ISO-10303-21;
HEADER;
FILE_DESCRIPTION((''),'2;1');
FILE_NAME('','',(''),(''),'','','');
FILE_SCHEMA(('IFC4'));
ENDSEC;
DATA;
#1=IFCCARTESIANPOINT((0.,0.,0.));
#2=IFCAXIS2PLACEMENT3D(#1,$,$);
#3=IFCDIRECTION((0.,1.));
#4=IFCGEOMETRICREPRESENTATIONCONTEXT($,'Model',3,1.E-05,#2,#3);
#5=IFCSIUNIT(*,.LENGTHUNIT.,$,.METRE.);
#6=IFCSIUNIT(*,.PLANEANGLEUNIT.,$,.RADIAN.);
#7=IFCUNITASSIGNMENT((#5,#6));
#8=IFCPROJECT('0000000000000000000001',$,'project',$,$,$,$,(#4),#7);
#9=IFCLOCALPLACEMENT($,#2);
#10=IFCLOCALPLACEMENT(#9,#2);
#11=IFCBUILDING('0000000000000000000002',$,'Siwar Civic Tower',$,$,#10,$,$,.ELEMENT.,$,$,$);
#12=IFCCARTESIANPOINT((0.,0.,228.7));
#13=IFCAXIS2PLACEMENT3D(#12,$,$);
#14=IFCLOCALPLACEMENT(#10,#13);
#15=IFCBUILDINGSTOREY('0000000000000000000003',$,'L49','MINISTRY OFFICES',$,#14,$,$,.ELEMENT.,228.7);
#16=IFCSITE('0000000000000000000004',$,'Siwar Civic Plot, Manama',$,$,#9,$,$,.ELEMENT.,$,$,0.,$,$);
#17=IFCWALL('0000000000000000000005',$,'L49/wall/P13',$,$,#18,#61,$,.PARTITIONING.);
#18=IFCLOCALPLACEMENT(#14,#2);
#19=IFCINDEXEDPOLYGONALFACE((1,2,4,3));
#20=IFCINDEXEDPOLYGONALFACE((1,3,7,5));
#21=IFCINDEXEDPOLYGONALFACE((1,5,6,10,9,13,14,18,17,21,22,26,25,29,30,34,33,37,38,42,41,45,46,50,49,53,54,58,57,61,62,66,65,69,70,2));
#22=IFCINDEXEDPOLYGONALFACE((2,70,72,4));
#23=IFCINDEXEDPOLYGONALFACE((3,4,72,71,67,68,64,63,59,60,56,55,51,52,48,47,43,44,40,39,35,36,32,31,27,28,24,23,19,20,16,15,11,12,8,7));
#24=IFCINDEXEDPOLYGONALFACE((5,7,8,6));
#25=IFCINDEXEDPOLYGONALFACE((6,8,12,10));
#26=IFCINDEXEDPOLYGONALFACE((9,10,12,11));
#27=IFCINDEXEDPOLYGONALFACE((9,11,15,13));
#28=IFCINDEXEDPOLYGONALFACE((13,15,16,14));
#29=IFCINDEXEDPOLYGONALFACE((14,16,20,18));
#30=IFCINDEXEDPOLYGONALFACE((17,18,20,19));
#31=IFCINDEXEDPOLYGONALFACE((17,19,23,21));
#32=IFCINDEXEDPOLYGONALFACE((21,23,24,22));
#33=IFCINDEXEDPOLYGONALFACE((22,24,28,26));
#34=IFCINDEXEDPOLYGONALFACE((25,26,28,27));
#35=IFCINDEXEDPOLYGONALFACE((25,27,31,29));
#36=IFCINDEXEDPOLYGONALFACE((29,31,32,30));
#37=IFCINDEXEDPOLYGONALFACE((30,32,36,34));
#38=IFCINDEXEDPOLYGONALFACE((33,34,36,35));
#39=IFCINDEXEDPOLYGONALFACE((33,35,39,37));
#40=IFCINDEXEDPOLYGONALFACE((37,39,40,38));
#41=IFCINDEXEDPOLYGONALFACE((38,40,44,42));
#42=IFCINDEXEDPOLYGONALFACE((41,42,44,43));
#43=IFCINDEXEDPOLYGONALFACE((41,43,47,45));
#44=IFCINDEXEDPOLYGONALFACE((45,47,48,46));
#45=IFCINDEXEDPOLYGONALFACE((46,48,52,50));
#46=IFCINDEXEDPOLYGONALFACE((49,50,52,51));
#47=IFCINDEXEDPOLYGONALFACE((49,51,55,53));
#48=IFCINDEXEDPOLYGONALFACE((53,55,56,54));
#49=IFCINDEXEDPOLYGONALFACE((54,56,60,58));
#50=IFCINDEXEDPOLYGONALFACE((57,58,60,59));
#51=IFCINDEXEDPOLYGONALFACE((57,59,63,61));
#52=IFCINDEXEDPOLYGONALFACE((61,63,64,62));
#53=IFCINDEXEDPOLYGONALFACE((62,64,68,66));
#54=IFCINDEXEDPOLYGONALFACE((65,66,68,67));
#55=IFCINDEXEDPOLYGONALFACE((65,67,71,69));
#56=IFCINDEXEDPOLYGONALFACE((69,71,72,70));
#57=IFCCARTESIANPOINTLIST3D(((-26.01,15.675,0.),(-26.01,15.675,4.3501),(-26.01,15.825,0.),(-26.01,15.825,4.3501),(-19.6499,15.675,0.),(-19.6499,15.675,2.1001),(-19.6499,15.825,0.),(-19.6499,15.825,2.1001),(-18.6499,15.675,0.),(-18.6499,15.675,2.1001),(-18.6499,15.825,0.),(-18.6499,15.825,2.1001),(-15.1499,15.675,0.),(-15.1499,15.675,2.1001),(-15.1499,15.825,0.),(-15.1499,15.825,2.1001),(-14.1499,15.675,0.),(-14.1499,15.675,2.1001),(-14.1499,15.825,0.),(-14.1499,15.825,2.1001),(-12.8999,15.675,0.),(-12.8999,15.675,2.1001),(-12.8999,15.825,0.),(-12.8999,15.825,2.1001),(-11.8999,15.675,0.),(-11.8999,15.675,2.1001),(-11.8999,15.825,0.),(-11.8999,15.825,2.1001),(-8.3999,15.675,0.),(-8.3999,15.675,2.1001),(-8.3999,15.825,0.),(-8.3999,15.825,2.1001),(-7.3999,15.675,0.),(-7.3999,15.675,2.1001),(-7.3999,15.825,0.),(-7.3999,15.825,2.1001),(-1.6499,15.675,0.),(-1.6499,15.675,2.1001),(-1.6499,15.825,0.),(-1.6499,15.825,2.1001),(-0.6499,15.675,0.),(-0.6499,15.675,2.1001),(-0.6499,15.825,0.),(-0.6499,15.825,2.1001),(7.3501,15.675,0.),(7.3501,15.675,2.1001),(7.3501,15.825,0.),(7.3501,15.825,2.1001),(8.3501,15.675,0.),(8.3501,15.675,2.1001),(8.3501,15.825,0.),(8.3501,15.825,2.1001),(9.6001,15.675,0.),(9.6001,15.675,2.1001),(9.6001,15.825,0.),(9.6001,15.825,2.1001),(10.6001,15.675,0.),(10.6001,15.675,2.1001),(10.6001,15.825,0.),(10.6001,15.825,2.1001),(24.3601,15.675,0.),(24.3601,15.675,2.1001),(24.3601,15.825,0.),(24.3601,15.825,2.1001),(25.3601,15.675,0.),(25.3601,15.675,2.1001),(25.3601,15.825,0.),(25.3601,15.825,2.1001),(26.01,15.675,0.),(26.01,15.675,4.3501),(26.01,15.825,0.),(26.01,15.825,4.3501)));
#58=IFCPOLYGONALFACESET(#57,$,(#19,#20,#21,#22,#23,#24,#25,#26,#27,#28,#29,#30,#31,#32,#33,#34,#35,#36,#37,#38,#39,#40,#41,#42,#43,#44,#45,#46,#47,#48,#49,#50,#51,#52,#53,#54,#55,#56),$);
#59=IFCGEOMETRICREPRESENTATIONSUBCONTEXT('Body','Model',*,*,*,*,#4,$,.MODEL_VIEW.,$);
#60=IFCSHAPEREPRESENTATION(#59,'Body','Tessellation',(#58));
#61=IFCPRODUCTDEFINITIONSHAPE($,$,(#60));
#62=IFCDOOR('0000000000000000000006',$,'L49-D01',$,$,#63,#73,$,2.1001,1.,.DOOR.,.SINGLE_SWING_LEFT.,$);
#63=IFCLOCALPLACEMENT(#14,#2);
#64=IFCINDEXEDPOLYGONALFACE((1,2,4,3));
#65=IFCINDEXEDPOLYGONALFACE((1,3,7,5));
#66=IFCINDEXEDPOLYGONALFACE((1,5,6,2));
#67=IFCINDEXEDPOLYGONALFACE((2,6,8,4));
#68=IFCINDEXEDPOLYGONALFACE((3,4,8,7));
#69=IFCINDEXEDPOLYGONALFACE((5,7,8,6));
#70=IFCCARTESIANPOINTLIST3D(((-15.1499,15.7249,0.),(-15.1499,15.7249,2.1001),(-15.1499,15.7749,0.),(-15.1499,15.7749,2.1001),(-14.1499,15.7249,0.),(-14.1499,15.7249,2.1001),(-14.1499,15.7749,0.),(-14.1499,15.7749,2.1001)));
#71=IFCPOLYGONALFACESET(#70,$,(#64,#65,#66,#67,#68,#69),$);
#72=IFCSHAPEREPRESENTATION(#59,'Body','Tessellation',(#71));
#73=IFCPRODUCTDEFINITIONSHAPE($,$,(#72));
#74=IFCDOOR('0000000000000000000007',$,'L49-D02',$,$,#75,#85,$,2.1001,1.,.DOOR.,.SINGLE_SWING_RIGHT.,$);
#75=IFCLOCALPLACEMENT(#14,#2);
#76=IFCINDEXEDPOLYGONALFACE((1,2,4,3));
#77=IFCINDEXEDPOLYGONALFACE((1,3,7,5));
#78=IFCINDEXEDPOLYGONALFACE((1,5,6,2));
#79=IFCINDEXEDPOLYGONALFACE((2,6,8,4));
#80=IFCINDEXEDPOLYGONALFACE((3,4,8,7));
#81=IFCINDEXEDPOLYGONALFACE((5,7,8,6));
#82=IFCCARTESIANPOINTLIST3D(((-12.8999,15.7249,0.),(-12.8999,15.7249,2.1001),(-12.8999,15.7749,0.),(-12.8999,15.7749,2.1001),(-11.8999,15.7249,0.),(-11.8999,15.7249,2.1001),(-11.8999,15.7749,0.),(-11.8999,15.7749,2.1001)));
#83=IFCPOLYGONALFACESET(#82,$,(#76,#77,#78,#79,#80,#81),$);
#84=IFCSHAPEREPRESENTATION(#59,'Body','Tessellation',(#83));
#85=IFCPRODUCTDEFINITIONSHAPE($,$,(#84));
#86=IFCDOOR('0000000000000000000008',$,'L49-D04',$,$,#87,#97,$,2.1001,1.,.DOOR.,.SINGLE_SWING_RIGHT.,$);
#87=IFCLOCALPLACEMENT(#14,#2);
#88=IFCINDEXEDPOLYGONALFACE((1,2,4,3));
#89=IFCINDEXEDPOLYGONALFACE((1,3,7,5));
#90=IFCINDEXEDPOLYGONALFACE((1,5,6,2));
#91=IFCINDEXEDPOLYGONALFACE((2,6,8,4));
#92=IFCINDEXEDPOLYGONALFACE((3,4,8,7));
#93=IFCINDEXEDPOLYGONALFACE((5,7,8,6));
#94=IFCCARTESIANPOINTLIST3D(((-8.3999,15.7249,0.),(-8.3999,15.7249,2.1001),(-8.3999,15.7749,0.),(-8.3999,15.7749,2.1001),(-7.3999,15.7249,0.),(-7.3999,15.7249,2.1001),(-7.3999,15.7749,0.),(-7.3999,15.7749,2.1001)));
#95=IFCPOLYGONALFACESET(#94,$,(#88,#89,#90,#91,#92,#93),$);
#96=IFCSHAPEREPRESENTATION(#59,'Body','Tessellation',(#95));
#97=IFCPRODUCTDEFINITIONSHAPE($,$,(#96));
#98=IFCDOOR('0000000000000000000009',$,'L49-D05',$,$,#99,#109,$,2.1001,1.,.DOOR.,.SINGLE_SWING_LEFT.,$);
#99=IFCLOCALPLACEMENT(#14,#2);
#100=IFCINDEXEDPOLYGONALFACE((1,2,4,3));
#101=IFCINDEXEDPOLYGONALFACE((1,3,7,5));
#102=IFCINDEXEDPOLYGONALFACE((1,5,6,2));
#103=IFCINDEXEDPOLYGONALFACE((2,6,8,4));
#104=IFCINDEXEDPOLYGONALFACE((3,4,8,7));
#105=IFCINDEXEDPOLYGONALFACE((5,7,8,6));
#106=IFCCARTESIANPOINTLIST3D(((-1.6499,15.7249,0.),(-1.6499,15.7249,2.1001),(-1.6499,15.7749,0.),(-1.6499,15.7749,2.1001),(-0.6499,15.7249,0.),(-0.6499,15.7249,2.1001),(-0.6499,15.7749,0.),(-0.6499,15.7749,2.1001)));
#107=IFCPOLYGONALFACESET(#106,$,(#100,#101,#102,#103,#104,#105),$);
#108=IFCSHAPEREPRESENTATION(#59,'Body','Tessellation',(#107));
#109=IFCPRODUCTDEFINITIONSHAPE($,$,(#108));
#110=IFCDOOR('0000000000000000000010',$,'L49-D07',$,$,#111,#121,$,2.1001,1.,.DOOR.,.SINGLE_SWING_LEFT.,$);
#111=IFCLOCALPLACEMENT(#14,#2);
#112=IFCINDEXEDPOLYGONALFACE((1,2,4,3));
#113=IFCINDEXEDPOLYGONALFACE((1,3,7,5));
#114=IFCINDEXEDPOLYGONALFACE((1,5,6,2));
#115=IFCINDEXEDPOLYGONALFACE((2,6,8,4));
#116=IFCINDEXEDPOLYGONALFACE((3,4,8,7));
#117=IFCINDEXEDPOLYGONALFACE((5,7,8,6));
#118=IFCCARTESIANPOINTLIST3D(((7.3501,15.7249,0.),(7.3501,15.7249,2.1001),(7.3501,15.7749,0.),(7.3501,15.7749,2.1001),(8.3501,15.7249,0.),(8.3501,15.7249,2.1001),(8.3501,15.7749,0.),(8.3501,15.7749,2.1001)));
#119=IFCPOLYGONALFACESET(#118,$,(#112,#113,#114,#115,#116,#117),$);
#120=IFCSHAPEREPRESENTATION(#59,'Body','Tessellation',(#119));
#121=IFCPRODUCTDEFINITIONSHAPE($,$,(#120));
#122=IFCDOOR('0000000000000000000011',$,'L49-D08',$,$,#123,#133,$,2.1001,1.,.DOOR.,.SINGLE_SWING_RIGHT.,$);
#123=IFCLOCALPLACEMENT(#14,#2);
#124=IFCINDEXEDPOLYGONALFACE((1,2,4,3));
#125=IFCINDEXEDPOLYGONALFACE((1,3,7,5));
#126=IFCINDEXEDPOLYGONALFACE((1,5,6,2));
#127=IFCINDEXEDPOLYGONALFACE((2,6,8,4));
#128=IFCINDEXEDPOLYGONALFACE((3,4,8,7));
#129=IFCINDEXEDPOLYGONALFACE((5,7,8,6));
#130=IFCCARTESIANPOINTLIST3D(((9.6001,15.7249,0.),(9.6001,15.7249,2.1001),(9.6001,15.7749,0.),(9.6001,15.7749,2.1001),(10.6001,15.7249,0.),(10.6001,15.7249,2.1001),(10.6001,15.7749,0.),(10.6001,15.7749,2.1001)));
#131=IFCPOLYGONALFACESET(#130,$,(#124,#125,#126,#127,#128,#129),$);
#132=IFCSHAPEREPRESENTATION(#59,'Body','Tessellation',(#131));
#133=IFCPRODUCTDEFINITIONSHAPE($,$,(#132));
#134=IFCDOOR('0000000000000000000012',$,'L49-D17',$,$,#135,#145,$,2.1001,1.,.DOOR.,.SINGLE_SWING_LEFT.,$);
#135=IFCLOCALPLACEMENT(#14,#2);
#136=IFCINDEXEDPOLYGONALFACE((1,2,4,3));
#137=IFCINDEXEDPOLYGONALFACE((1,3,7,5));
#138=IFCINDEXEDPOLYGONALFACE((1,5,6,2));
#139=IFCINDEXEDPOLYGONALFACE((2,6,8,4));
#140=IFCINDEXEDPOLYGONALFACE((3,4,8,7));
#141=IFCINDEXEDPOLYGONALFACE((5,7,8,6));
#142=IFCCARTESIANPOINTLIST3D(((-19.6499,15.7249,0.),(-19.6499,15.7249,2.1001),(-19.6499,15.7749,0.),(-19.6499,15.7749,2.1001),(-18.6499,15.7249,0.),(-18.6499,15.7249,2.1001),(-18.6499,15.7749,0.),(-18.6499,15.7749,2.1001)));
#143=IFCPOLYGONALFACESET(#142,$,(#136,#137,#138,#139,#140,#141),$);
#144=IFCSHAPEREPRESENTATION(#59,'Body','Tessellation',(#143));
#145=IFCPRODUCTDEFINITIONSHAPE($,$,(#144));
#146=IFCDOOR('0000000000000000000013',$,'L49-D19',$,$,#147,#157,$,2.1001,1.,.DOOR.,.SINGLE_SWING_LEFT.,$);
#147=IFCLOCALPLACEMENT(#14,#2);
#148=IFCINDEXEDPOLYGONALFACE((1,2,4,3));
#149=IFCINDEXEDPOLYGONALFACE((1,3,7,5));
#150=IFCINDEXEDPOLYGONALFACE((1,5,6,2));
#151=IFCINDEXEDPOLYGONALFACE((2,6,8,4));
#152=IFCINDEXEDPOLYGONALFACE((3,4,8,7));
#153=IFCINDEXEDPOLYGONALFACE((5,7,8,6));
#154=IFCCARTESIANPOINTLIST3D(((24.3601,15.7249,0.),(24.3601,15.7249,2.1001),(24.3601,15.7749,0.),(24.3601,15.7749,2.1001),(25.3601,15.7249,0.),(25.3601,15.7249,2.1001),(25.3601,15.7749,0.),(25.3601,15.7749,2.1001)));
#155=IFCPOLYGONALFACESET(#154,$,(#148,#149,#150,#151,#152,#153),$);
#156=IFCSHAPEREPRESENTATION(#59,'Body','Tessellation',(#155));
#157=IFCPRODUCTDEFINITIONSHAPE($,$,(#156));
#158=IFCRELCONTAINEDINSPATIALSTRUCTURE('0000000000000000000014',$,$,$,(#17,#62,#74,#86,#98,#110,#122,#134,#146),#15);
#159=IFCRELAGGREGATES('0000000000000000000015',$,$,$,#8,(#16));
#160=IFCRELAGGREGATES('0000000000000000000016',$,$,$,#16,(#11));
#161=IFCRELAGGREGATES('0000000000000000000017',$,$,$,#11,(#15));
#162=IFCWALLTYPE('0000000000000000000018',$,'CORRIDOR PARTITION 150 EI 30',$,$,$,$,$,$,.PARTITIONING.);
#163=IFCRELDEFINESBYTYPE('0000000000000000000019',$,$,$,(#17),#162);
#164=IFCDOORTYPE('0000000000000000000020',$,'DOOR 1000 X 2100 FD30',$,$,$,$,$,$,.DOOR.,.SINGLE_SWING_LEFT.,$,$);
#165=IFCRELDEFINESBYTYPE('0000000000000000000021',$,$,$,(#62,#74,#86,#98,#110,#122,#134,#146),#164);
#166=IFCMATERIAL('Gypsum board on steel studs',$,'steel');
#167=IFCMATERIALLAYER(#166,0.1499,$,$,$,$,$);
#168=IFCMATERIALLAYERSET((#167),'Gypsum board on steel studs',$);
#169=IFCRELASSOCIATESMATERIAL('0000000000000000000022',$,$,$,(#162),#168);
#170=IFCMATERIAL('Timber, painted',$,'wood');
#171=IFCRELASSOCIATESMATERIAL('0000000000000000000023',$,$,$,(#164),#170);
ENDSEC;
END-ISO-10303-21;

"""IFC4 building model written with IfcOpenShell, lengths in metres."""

from ifc_helpers import new_model, si_unit, direction, frame, frame_2d, origin, place, context, subcontext, project, spatial, rectangle, extrude, material, layer, layer_set, type_object, element, fill, save


model = new_model("IFC4")

# Units and contexts
model_context = context("Model", 3, precision=1e-05, world=origin(), true_north=direction((0.0, 1.0)))
body_context = subcontext(model_context, "Body", "Model", "MODEL_VIEW")
ifc_project = project(units=[si_unit("LENGTHUNIT", "METRE"), si_unit("PLANEANGLEUNIT", "RADIAN")], contexts=[model_context])

# Site, building, storey
site_placement = place(None, origin())
site = spatial("IfcSite", under=ifc_project, at=site_placement, Name="Siwar Civic Plot, Manama", CompositionType="ELEMENT", RefElevation=0.0)
building_placement = place(site_placement, origin())
building = spatial("IfcBuilding", under=site, at=building_placement, Name="Siwar Civic Tower", CompositionType="ELEMENT")
storey_placement = place(building_placement, frame((0.0, 0.0, 228.7)))
storey = spatial("IfcBuildingStorey", under=building, at=storey_placement, Name="L49", Description="MINISTRY OFFICES", CompositionType="ELEMENT", Elevation=228.7)

# Shared definitions
ifc_material_1 = material(Name="Gypsum board on steel studs", Category="steel")
ifc_layer_1 = layer(ifc_material_1, 0.1499)
ifc_layer_set_1 = layer_set([ifc_layer_1], Name="Gypsum board on steel studs")
wall_type_1 = type_object("IfcWallType", Name="CORRIDOR PARTITION 150 EI 30", PredefinedType="PARTITIONING", material=ifc_layer_set_1)

# Wall, openings, doors
wall_1_placement = place(storey_placement, frame((-26.01, 15.75, 0.0), z_axis=(0.0, 0.0, 1.0), x_axis=(1.0, 0.0, 0.0)))
wall_1 = element("IfcWall", 1, at=wall_1_placement, inside=storey, type_object=wall_type_1, Name="L49/wall/P13", PredefinedType="PARTITIONING", context=body_context, shape_type="SweptSolid", body=[
    extrude(rectangle(XDim=52.02, YDim=0.1499, at=frame_2d((26.01, 0.0))), origin(), (0.0, 0.0, 1.0), 4.3501),
])
opening_1_placement = place(wall_1_placement, frame((10.8601, 0.0, 0.0)))
opening_1 = element("IfcOpeningElement", 2, at=opening_1_placement, cuts=wall_1, PredefinedType="OPENING", context=body_context, shape_type="SweptSolid", body=[
    extrude(rectangle(XDim=1.0, YDim=2.1001, at=frame_2d((0.5, 1.05))), frame((0.0, 0.085, 0.0), z_axis=(0.0, -1.0, 0.0), x_axis=(1.0, 0.0, 0.0)), (0.0, 0.0, 1.0), 0.1699),
])
opening_2_placement = place(wall_1_placement, frame((13.1101, 0.0, 0.0)))
opening_2 = element("IfcOpeningElement", 3, at=opening_2_placement, cuts=wall_1, PredefinedType="OPENING", context=body_context, shape_type="SweptSolid", body=[
    extrude(rectangle(XDim=1.0, YDim=2.1001, at=frame_2d((0.5, 1.05))), frame((0.0, 0.085, 0.0), z_axis=(0.0, -1.0, 0.0), x_axis=(1.0, 0.0, 0.0)), (0.0, 0.0, 1.0), 0.1699),
])
opening_3_placement = place(wall_1_placement, frame((17.6101, 0.0, 0.0)))
opening_3 = element("IfcOpeningElement", 4, at=opening_3_placement, cuts=wall_1, PredefinedType="OPENING", context=body_context, shape_type="SweptSolid", body=[
    extrude(rectangle(XDim=1.0, YDim=2.1001, at=frame_2d((0.5, 1.05))), frame((0.0, 0.085, 0.0), z_axis=(0.0, -1.0, 0.0), x_axis=(1.0, 0.0, 0.0)), (0.0, 0.0, 1.0), 0.1699),
])
opening_4_placement = place(wall_1_placement, frame((24.3601, 0.0, 0.0)))
opening_4 = element("IfcOpeningElement", 5, at=opening_4_placement, cuts=wall_1, PredefinedType="OPENING", context=body_context, shape_type="SweptSolid", body=[
    extrude(rectangle(XDim=1.0, YDim=2.1001, at=frame_2d((0.5, 1.05))), frame((0.0, 0.085, 0.0), z_axis=(0.0, -1.0, 0.0), x_axis=(1.0, 0.0, 0.0)), (0.0, 0.0, 1.0), 0.1699),
])
opening_5_placement = place(wall_1_placement, frame((33.3601, 0.0, 0.0)))
opening_5 = element("IfcOpeningElement", 6, at=opening_5_placement, cuts=wall_1, PredefinedType="OPENING", context=body_context, shape_type="SweptSolid", body=[
    extrude(rectangle(XDim=1.0, YDim=2.1001, at=frame_2d((0.5, 1.05))), frame((0.0, 0.085, 0.0), z_axis=(0.0, -1.0, 0.0), x_axis=(1.0, 0.0, 0.0)), (0.0, 0.0, 1.0), 0.1699),
])
opening_6_placement = place(wall_1_placement, frame((35.6101, 0.0, 0.0)))
opening_6 = element("IfcOpeningElement", 7, at=opening_6_placement, cuts=wall_1, PredefinedType="OPENING", context=body_context, shape_type="SweptSolid", body=[
    extrude(rectangle(XDim=1.0, YDim=2.1001, at=frame_2d((0.5, 1.05))), frame((0.0, 0.085, 0.0), z_axis=(0.0, -1.0, 0.0), x_axis=(1.0, 0.0, 0.0)), (0.0, 0.0, 1.0), 0.1699),
])
opening_7_placement = place(wall_1_placement, frame((6.3601, 0.0, 0.0)))
opening_7 = element("IfcOpeningElement", 8, at=opening_7_placement, cuts=wall_1, PredefinedType="OPENING", context=body_context, shape_type="SweptSolid", body=[
    extrude(rectangle(XDim=1.0, YDim=2.1001, at=frame_2d((0.5, 1.05))), frame((0.0, 0.085, 0.0), z_axis=(0.0, -1.0, 0.0), x_axis=(1.0, 0.0, 0.0)), (0.0, 0.0, 1.0), 0.1699),
])
opening_8_placement = place(wall_1_placement, frame((50.3701, 0.0, 0.0)))
opening_8 = element("IfcOpeningElement", 9, at=opening_8_placement, cuts=wall_1, PredefinedType="OPENING", context=body_context, shape_type="SweptSolid", body=[
    extrude(rectangle(XDim=1.0, YDim=2.1001, at=frame_2d((0.5, 1.05))), frame((0.0, 0.085, 0.0), z_axis=(0.0, -1.0, 0.0), x_axis=(1.0, 0.0, 0.0)), (0.0, 0.0, 1.0), 0.1699),
])
ifc_material_2 = material(Name="Timber, painted", Category="wood")
door_type = type_object("IfcDoorType", Name="DOOR 1000 X 2100 FD30", OperationType="SINGLE_SWING_LEFT", PredefinedType="DOOR", material=ifc_material_2)
door_1_placement = place(opening_1_placement, origin())
door_1 = element("IfcDoor", 10, at=door_1_placement, inside=storey, type_object=door_type, Name="L49-D01", OperationType="SINGLE_SWING_LEFT", OverallHeight=2.1001, OverallWidth=1.0, PredefinedType="DOOR", context=body_context, shape_type="SweptSolid", body=[
    extrude(rectangle(XDim=1.0, YDim=2.1001, at=frame_2d((0.5, 1.05))), frame((0.0, 0.0249, 0.0), z_axis=(0.0, -1.0, 0.0), x_axis=(1.0, 0.0, 0.0)), (0.0, 0.0, 1.0), 0.05),
])
fill(opening_1, door_1)
door_2_placement = place(opening_2_placement, origin())
door_2 = element("IfcDoor", 11, at=door_2_placement, inside=storey, type_object=door_type, Name="L49-D02", OperationType="SINGLE_SWING_RIGHT", OverallHeight=2.1001, OverallWidth=1.0, PredefinedType="DOOR", context=body_context, shape_type="SweptSolid", body=[
    extrude(rectangle(XDim=1.0, YDim=2.1001, at=frame_2d((0.5, 1.05))), frame((0.0, 0.0249, 0.0), z_axis=(0.0, -1.0, 0.0), x_axis=(1.0, 0.0, 0.0)), (0.0, 0.0, 1.0), 0.05),
])
fill(opening_2, door_2)
door_3_placement = place(opening_3_placement, origin())
door_3 = element("IfcDoor", 12, at=door_3_placement, inside=storey, type_object=door_type, Name="L49-D04", OperationType="SINGLE_SWING_RIGHT", OverallHeight=2.1001, OverallWidth=1.0, PredefinedType="DOOR", context=body_context, shape_type="SweptSolid", body=[
    extrude(rectangle(XDim=1.0, YDim=2.1001, at=frame_2d((0.5, 1.05))), frame((0.0, 0.0249, 0.0), z_axis=(0.0, -1.0, 0.0), x_axis=(1.0, 0.0, 0.0)), (0.0, 0.0, 1.0), 0.05),
])
fill(opening_3, door_3)
door_4_placement = place(opening_4_placement, origin())
door_4 = element("IfcDoor", 13, at=door_4_placement, inside=storey, type_object=door_type, Name="L49-D05", OperationType="SINGLE_SWING_LEFT", OverallHeight=2.1001, OverallWidth=1.0, PredefinedType="DOOR", context=body_context, shape_type="SweptSolid", body=[
    extrude(rectangle(XDim=1.0, YDim=2.1001, at=frame_2d((0.5, 1.05))), frame((0.0, 0.0249, 0.0), z_axis=(0.0, -1.0, 0.0), x_axis=(1.0, 0.0, 0.0)), (0.0, 0.0, 1.0), 0.05),
])
fill(opening_4, door_4)
door_5_placement = place(opening_5_placement, origin())
door_5 = element("IfcDoor", 14, at=door_5_placement, inside=storey, type_object=door_type, Name="L49-D07", OperationType="SINGLE_SWING_LEFT", OverallHeight=2.1001, OverallWidth=1.0, PredefinedType="DOOR", context=body_context, shape_type="SweptSolid", body=[
    extrude(rectangle(XDim=1.0, YDim=2.1001, at=frame_2d((0.5, 1.05))), frame((0.0, 0.0249, 0.0), z_axis=(0.0, -1.0, 0.0), x_axis=(1.0, 0.0, 0.0)), (0.0, 0.0, 1.0), 0.05),
])
fill(opening_5, door_5)
door_6_placement = place(opening_6_placement, origin())
door_6 = element("IfcDoor", 15, at=door_6_placement, inside=storey, type_object=door_type, Name="L49-D08", OperationType="SINGLE_SWING_RIGHT", OverallHeight=2.1001, OverallWidth=1.0, PredefinedType="DOOR", context=body_context, shape_type="SweptSolid", body=[
    extrude(rectangle(XDim=1.0, YDim=2.1001, at=frame_2d((0.5, 1.05))), frame((0.0, 0.0249, 0.0), z_axis=(0.0, -1.0, 0.0), x_axis=(1.0, 0.0, 0.0)), (0.0, 0.0, 1.0), 0.05),
])
fill(opening_6, door_6)
door_7_placement = place(opening_7_placement, origin())
door_7 = element("IfcDoor", 16, at=door_7_placement, inside=storey, type_object=door_type, Name="L49-D17", OperationType="SINGLE_SWING_LEFT", OverallHeight=2.1001, OverallWidth=1.0, PredefinedType="DOOR", context=body_context, shape_type="SweptSolid", body=[
    extrude(rectangle(XDim=1.0, YDim=2.1001, at=frame_2d((0.5, 1.05))), frame((0.0, 0.0249, 0.0), z_axis=(0.0, -1.0, 0.0), x_axis=(1.0, 0.0, 0.0)), (0.0, 0.0, 1.0), 0.05),
])
fill(opening_7, door_7)
door_8_placement = place(opening_8_placement, origin())
door_8 = element("IfcDoor", 17, at=door_8_placement, inside=storey, type_object=door_type, Name="L49-D19", OperationType="SINGLE_SWING_LEFT", OverallHeight=2.1001, OverallWidth=1.0, PredefinedType="DOOR", context=body_context, shape_type="SweptSolid", body=[
    extrude(rectangle(XDim=1.0, YDim=2.1001, at=frame_2d((0.5, 1.05))), frame((0.0, 0.0249, 0.0), z_axis=(0.0, -1.0, 0.0), x_axis=(1.0, 0.0, 0.0)), (0.0, 0.0, 1.0), 0.05),
])
fill(opening_8, door_8)

save(model, "model.ifc")
